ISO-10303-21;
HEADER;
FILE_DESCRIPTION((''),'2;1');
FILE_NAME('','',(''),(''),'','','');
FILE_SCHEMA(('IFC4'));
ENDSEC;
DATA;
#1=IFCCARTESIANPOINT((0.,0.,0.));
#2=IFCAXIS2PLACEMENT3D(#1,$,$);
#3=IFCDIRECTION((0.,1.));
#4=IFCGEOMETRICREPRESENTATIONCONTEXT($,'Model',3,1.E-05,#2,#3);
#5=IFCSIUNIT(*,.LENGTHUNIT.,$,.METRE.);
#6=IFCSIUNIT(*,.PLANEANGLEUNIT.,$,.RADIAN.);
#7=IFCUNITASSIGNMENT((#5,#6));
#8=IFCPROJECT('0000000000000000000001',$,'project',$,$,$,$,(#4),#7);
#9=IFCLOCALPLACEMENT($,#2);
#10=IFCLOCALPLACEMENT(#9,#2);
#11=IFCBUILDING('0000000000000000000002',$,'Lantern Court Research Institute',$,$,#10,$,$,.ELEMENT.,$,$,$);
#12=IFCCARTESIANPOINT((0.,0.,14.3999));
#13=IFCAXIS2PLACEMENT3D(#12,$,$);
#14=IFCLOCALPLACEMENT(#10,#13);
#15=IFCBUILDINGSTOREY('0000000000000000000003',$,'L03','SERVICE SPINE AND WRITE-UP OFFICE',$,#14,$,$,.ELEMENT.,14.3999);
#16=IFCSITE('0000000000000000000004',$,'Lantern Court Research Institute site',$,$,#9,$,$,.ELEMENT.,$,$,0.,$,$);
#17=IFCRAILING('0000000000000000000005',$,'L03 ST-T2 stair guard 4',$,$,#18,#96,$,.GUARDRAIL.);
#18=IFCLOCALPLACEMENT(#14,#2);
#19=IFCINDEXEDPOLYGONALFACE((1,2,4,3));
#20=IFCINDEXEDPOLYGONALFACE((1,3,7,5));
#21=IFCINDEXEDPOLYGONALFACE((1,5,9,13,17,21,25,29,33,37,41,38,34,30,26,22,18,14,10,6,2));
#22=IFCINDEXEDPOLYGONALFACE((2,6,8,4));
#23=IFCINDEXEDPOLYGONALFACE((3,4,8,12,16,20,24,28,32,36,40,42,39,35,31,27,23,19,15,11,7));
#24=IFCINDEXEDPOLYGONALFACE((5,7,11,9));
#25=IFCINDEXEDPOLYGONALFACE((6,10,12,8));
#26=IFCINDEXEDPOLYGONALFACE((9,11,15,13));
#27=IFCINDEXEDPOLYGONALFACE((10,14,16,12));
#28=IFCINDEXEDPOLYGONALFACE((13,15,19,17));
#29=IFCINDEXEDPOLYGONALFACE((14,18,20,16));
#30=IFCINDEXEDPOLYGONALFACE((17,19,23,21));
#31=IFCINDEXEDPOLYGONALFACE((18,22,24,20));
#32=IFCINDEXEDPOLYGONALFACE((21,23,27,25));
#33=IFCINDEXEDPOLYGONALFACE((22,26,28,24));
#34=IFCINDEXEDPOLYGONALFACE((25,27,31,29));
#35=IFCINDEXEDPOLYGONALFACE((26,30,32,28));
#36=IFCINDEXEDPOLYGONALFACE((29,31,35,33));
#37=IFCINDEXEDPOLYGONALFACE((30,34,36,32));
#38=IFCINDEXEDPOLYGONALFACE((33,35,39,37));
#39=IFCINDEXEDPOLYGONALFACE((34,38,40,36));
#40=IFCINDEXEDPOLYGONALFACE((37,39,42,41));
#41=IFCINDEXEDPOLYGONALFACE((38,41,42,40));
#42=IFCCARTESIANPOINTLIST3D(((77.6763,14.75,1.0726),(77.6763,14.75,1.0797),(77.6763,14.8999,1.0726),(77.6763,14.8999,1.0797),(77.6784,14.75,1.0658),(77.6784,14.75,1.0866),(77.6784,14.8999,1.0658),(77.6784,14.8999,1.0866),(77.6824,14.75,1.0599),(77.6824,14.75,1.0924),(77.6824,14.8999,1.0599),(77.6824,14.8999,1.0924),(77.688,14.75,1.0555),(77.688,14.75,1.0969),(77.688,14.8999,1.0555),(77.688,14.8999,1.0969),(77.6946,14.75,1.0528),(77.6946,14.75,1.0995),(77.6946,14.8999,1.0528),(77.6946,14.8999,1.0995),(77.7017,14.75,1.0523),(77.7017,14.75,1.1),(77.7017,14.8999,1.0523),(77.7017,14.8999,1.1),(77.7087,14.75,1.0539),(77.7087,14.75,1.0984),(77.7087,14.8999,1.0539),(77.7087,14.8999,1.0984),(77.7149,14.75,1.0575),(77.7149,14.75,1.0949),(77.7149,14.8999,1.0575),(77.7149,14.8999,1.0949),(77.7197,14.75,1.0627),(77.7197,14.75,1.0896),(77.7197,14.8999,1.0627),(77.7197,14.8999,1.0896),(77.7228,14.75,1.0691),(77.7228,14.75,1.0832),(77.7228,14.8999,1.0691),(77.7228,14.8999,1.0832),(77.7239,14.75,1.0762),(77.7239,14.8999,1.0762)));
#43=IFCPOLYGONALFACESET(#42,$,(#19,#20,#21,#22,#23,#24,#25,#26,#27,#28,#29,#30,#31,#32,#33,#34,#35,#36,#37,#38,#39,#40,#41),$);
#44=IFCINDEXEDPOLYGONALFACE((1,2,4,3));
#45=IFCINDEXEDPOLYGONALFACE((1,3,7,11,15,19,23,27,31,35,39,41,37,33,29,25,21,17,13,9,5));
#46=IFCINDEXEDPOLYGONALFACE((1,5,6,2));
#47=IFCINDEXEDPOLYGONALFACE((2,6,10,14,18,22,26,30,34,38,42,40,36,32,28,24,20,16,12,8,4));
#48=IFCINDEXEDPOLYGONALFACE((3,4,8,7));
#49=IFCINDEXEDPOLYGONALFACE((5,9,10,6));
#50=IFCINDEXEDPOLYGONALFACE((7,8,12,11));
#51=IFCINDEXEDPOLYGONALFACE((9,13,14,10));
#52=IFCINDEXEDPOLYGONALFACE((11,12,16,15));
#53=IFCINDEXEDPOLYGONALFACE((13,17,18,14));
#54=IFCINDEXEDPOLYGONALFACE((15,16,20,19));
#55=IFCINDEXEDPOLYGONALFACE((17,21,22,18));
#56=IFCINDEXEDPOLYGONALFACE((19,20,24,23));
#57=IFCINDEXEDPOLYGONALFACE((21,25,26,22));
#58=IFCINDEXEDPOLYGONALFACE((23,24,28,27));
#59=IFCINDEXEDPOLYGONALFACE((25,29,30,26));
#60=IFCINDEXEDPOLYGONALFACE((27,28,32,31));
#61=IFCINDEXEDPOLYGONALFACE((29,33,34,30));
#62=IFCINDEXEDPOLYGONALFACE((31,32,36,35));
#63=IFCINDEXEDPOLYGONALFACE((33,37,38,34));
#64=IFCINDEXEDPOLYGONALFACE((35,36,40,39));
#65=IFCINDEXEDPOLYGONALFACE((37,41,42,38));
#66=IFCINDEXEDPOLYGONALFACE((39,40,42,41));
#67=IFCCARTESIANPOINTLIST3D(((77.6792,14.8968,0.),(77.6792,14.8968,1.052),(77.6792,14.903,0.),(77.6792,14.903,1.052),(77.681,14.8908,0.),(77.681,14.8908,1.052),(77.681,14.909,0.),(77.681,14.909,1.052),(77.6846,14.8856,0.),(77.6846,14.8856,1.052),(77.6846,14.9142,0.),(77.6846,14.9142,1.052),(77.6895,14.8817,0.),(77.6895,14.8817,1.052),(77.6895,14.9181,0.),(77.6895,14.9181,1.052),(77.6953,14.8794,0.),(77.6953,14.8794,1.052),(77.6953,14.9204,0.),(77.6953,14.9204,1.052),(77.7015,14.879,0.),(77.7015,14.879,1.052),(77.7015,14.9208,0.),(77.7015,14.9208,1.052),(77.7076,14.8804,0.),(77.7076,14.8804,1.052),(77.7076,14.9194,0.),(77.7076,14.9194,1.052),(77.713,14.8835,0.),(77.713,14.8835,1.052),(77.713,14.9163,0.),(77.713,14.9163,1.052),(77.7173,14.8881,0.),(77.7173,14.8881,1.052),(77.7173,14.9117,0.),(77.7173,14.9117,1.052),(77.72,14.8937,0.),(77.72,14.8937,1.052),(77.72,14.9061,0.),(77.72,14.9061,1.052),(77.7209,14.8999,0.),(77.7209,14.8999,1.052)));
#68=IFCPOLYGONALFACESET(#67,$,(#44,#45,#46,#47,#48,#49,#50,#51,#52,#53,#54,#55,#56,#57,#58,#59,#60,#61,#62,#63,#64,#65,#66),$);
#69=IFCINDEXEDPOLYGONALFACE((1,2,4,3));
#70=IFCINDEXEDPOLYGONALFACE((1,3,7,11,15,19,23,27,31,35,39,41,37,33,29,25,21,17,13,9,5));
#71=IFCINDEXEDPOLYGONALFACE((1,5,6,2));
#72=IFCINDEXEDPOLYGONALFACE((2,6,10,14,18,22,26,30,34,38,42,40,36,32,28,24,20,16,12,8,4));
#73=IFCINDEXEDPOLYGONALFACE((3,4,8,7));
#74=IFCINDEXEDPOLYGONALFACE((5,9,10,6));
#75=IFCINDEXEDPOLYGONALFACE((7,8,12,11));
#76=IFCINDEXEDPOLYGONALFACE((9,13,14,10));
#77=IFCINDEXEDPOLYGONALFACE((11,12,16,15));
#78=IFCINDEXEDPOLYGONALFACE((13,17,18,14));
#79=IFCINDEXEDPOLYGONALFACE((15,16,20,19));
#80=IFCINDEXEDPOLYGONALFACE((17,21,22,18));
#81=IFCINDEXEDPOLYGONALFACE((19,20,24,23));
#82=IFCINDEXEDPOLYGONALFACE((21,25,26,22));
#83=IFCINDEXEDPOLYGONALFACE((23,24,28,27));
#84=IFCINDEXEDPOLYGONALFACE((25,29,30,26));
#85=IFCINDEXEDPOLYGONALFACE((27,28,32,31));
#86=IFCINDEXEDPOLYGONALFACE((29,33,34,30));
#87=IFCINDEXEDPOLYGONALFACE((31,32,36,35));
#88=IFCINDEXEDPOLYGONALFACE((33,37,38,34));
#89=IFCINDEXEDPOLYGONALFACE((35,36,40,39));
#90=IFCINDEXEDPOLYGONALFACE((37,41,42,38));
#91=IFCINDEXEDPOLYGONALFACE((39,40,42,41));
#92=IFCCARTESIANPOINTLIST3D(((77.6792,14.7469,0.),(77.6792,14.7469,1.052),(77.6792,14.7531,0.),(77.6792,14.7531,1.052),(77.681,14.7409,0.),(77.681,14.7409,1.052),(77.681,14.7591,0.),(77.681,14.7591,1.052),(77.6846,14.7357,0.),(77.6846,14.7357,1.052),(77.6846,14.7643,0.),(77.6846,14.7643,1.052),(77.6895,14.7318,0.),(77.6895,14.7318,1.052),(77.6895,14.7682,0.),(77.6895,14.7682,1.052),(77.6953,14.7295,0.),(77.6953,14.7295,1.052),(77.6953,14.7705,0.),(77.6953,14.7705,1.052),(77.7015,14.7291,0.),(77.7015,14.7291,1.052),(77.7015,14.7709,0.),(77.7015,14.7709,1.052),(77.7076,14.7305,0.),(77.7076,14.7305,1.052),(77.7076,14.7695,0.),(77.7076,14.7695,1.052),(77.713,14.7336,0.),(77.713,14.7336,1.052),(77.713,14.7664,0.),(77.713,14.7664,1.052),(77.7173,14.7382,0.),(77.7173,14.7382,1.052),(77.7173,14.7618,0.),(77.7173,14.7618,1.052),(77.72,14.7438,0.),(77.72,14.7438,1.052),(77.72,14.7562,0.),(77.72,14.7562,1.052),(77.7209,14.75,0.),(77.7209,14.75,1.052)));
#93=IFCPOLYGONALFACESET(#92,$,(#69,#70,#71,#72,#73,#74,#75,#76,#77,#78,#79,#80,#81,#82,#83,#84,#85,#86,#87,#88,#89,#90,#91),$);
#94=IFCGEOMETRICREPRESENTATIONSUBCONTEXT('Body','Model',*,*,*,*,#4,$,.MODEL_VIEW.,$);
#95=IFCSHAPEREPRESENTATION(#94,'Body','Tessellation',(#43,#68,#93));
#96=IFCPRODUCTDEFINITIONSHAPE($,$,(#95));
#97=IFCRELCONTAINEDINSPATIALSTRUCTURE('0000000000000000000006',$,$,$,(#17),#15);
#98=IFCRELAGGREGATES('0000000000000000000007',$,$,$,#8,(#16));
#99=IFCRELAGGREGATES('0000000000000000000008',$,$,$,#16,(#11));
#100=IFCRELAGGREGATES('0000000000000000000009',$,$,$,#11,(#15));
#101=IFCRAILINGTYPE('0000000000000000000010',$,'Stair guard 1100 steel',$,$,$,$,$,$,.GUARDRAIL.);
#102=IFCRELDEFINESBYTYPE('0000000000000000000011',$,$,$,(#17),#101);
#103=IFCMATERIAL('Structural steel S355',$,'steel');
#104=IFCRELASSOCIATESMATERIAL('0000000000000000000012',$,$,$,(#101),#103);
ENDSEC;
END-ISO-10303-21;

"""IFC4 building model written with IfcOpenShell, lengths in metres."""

from ifc_helpers import new_model, si_unit, direction, frame, origin, origin_2d, place, context, subcontext, project, spatial, circle, extrude, material, type_object, element, save


model = new_model("IFC4")

# Units and contexts
model_context = context("Model", 3, precision=1e-05, world=origin(), true_north=direction((0.0, 1.0)))
body_context = subcontext(model_context, "Body", "Model", "MODEL_VIEW")
ifc_project = project(units=[si_unit("LENGTHUNIT", "METRE"), si_unit("PLANEANGLEUNIT", "RADIAN")], contexts=[model_context])

# Site, building, storey
site_placement = place(None, origin())
site = spatial("IfcSite", under=ifc_project, at=site_placement, Name="Lantern Court Research Institute site", CompositionType="ELEMENT", RefElevation=0.0)
building_placement = place(site_placement, origin())
building = spatial("IfcBuilding", under=site, at=building_placement, Name="Lantern Court Research Institute", CompositionType="ELEMENT")
storey_placement = place(building_placement, frame((0.0, 0.0, 14.3999)))
storey = spatial("IfcBuildingStorey", under=building, at=storey_placement, Name="L03", Description="SERVICE SPINE AND WRITE-UP OFFICE", CompositionType="ELEMENT", Elevation=14.3999)

# Railing
ifc_material_1 = material(Name="Structural steel S355", Category="steel")
railing_type_1 = type_object("IfcRailingType", Name="Stair guard 1100 steel", PredefinedType="GUARDRAIL", material=ifc_material_1)
railing_1_placement = place(storey_placement, frame((77.7, 14.8999, 0.0)))
element("IfcRailing", 1, at=railing_1_placement, inside=storey, type_object=railing_type_1, Name="L03 ST-T2 stair guard 4", PredefinedType="GUARDRAIL", context=body_context, shape_type="SweptSolid", body=[
    extrude(circle(Radius=0.0239, at=origin_2d()), frame((0.0, 0.0, 1.0762), z_axis=(0.0, -1.0, 0.0), x_axis=(1.0, 0.0, 0.0)), (0.0, 0.0, 1.0), 0.1499),
    extrude(circle(Radius=0.021, at=origin_2d()), origin(), (0.0, 0.0, 1.0), 1.052),
    extrude(circle(Radius=0.021, at=origin_2d()), frame((0.0, -0.1499, 0.0)), (0.0, 0.0, 1.0), 1.052),
])

save(model, "model.ifc")
